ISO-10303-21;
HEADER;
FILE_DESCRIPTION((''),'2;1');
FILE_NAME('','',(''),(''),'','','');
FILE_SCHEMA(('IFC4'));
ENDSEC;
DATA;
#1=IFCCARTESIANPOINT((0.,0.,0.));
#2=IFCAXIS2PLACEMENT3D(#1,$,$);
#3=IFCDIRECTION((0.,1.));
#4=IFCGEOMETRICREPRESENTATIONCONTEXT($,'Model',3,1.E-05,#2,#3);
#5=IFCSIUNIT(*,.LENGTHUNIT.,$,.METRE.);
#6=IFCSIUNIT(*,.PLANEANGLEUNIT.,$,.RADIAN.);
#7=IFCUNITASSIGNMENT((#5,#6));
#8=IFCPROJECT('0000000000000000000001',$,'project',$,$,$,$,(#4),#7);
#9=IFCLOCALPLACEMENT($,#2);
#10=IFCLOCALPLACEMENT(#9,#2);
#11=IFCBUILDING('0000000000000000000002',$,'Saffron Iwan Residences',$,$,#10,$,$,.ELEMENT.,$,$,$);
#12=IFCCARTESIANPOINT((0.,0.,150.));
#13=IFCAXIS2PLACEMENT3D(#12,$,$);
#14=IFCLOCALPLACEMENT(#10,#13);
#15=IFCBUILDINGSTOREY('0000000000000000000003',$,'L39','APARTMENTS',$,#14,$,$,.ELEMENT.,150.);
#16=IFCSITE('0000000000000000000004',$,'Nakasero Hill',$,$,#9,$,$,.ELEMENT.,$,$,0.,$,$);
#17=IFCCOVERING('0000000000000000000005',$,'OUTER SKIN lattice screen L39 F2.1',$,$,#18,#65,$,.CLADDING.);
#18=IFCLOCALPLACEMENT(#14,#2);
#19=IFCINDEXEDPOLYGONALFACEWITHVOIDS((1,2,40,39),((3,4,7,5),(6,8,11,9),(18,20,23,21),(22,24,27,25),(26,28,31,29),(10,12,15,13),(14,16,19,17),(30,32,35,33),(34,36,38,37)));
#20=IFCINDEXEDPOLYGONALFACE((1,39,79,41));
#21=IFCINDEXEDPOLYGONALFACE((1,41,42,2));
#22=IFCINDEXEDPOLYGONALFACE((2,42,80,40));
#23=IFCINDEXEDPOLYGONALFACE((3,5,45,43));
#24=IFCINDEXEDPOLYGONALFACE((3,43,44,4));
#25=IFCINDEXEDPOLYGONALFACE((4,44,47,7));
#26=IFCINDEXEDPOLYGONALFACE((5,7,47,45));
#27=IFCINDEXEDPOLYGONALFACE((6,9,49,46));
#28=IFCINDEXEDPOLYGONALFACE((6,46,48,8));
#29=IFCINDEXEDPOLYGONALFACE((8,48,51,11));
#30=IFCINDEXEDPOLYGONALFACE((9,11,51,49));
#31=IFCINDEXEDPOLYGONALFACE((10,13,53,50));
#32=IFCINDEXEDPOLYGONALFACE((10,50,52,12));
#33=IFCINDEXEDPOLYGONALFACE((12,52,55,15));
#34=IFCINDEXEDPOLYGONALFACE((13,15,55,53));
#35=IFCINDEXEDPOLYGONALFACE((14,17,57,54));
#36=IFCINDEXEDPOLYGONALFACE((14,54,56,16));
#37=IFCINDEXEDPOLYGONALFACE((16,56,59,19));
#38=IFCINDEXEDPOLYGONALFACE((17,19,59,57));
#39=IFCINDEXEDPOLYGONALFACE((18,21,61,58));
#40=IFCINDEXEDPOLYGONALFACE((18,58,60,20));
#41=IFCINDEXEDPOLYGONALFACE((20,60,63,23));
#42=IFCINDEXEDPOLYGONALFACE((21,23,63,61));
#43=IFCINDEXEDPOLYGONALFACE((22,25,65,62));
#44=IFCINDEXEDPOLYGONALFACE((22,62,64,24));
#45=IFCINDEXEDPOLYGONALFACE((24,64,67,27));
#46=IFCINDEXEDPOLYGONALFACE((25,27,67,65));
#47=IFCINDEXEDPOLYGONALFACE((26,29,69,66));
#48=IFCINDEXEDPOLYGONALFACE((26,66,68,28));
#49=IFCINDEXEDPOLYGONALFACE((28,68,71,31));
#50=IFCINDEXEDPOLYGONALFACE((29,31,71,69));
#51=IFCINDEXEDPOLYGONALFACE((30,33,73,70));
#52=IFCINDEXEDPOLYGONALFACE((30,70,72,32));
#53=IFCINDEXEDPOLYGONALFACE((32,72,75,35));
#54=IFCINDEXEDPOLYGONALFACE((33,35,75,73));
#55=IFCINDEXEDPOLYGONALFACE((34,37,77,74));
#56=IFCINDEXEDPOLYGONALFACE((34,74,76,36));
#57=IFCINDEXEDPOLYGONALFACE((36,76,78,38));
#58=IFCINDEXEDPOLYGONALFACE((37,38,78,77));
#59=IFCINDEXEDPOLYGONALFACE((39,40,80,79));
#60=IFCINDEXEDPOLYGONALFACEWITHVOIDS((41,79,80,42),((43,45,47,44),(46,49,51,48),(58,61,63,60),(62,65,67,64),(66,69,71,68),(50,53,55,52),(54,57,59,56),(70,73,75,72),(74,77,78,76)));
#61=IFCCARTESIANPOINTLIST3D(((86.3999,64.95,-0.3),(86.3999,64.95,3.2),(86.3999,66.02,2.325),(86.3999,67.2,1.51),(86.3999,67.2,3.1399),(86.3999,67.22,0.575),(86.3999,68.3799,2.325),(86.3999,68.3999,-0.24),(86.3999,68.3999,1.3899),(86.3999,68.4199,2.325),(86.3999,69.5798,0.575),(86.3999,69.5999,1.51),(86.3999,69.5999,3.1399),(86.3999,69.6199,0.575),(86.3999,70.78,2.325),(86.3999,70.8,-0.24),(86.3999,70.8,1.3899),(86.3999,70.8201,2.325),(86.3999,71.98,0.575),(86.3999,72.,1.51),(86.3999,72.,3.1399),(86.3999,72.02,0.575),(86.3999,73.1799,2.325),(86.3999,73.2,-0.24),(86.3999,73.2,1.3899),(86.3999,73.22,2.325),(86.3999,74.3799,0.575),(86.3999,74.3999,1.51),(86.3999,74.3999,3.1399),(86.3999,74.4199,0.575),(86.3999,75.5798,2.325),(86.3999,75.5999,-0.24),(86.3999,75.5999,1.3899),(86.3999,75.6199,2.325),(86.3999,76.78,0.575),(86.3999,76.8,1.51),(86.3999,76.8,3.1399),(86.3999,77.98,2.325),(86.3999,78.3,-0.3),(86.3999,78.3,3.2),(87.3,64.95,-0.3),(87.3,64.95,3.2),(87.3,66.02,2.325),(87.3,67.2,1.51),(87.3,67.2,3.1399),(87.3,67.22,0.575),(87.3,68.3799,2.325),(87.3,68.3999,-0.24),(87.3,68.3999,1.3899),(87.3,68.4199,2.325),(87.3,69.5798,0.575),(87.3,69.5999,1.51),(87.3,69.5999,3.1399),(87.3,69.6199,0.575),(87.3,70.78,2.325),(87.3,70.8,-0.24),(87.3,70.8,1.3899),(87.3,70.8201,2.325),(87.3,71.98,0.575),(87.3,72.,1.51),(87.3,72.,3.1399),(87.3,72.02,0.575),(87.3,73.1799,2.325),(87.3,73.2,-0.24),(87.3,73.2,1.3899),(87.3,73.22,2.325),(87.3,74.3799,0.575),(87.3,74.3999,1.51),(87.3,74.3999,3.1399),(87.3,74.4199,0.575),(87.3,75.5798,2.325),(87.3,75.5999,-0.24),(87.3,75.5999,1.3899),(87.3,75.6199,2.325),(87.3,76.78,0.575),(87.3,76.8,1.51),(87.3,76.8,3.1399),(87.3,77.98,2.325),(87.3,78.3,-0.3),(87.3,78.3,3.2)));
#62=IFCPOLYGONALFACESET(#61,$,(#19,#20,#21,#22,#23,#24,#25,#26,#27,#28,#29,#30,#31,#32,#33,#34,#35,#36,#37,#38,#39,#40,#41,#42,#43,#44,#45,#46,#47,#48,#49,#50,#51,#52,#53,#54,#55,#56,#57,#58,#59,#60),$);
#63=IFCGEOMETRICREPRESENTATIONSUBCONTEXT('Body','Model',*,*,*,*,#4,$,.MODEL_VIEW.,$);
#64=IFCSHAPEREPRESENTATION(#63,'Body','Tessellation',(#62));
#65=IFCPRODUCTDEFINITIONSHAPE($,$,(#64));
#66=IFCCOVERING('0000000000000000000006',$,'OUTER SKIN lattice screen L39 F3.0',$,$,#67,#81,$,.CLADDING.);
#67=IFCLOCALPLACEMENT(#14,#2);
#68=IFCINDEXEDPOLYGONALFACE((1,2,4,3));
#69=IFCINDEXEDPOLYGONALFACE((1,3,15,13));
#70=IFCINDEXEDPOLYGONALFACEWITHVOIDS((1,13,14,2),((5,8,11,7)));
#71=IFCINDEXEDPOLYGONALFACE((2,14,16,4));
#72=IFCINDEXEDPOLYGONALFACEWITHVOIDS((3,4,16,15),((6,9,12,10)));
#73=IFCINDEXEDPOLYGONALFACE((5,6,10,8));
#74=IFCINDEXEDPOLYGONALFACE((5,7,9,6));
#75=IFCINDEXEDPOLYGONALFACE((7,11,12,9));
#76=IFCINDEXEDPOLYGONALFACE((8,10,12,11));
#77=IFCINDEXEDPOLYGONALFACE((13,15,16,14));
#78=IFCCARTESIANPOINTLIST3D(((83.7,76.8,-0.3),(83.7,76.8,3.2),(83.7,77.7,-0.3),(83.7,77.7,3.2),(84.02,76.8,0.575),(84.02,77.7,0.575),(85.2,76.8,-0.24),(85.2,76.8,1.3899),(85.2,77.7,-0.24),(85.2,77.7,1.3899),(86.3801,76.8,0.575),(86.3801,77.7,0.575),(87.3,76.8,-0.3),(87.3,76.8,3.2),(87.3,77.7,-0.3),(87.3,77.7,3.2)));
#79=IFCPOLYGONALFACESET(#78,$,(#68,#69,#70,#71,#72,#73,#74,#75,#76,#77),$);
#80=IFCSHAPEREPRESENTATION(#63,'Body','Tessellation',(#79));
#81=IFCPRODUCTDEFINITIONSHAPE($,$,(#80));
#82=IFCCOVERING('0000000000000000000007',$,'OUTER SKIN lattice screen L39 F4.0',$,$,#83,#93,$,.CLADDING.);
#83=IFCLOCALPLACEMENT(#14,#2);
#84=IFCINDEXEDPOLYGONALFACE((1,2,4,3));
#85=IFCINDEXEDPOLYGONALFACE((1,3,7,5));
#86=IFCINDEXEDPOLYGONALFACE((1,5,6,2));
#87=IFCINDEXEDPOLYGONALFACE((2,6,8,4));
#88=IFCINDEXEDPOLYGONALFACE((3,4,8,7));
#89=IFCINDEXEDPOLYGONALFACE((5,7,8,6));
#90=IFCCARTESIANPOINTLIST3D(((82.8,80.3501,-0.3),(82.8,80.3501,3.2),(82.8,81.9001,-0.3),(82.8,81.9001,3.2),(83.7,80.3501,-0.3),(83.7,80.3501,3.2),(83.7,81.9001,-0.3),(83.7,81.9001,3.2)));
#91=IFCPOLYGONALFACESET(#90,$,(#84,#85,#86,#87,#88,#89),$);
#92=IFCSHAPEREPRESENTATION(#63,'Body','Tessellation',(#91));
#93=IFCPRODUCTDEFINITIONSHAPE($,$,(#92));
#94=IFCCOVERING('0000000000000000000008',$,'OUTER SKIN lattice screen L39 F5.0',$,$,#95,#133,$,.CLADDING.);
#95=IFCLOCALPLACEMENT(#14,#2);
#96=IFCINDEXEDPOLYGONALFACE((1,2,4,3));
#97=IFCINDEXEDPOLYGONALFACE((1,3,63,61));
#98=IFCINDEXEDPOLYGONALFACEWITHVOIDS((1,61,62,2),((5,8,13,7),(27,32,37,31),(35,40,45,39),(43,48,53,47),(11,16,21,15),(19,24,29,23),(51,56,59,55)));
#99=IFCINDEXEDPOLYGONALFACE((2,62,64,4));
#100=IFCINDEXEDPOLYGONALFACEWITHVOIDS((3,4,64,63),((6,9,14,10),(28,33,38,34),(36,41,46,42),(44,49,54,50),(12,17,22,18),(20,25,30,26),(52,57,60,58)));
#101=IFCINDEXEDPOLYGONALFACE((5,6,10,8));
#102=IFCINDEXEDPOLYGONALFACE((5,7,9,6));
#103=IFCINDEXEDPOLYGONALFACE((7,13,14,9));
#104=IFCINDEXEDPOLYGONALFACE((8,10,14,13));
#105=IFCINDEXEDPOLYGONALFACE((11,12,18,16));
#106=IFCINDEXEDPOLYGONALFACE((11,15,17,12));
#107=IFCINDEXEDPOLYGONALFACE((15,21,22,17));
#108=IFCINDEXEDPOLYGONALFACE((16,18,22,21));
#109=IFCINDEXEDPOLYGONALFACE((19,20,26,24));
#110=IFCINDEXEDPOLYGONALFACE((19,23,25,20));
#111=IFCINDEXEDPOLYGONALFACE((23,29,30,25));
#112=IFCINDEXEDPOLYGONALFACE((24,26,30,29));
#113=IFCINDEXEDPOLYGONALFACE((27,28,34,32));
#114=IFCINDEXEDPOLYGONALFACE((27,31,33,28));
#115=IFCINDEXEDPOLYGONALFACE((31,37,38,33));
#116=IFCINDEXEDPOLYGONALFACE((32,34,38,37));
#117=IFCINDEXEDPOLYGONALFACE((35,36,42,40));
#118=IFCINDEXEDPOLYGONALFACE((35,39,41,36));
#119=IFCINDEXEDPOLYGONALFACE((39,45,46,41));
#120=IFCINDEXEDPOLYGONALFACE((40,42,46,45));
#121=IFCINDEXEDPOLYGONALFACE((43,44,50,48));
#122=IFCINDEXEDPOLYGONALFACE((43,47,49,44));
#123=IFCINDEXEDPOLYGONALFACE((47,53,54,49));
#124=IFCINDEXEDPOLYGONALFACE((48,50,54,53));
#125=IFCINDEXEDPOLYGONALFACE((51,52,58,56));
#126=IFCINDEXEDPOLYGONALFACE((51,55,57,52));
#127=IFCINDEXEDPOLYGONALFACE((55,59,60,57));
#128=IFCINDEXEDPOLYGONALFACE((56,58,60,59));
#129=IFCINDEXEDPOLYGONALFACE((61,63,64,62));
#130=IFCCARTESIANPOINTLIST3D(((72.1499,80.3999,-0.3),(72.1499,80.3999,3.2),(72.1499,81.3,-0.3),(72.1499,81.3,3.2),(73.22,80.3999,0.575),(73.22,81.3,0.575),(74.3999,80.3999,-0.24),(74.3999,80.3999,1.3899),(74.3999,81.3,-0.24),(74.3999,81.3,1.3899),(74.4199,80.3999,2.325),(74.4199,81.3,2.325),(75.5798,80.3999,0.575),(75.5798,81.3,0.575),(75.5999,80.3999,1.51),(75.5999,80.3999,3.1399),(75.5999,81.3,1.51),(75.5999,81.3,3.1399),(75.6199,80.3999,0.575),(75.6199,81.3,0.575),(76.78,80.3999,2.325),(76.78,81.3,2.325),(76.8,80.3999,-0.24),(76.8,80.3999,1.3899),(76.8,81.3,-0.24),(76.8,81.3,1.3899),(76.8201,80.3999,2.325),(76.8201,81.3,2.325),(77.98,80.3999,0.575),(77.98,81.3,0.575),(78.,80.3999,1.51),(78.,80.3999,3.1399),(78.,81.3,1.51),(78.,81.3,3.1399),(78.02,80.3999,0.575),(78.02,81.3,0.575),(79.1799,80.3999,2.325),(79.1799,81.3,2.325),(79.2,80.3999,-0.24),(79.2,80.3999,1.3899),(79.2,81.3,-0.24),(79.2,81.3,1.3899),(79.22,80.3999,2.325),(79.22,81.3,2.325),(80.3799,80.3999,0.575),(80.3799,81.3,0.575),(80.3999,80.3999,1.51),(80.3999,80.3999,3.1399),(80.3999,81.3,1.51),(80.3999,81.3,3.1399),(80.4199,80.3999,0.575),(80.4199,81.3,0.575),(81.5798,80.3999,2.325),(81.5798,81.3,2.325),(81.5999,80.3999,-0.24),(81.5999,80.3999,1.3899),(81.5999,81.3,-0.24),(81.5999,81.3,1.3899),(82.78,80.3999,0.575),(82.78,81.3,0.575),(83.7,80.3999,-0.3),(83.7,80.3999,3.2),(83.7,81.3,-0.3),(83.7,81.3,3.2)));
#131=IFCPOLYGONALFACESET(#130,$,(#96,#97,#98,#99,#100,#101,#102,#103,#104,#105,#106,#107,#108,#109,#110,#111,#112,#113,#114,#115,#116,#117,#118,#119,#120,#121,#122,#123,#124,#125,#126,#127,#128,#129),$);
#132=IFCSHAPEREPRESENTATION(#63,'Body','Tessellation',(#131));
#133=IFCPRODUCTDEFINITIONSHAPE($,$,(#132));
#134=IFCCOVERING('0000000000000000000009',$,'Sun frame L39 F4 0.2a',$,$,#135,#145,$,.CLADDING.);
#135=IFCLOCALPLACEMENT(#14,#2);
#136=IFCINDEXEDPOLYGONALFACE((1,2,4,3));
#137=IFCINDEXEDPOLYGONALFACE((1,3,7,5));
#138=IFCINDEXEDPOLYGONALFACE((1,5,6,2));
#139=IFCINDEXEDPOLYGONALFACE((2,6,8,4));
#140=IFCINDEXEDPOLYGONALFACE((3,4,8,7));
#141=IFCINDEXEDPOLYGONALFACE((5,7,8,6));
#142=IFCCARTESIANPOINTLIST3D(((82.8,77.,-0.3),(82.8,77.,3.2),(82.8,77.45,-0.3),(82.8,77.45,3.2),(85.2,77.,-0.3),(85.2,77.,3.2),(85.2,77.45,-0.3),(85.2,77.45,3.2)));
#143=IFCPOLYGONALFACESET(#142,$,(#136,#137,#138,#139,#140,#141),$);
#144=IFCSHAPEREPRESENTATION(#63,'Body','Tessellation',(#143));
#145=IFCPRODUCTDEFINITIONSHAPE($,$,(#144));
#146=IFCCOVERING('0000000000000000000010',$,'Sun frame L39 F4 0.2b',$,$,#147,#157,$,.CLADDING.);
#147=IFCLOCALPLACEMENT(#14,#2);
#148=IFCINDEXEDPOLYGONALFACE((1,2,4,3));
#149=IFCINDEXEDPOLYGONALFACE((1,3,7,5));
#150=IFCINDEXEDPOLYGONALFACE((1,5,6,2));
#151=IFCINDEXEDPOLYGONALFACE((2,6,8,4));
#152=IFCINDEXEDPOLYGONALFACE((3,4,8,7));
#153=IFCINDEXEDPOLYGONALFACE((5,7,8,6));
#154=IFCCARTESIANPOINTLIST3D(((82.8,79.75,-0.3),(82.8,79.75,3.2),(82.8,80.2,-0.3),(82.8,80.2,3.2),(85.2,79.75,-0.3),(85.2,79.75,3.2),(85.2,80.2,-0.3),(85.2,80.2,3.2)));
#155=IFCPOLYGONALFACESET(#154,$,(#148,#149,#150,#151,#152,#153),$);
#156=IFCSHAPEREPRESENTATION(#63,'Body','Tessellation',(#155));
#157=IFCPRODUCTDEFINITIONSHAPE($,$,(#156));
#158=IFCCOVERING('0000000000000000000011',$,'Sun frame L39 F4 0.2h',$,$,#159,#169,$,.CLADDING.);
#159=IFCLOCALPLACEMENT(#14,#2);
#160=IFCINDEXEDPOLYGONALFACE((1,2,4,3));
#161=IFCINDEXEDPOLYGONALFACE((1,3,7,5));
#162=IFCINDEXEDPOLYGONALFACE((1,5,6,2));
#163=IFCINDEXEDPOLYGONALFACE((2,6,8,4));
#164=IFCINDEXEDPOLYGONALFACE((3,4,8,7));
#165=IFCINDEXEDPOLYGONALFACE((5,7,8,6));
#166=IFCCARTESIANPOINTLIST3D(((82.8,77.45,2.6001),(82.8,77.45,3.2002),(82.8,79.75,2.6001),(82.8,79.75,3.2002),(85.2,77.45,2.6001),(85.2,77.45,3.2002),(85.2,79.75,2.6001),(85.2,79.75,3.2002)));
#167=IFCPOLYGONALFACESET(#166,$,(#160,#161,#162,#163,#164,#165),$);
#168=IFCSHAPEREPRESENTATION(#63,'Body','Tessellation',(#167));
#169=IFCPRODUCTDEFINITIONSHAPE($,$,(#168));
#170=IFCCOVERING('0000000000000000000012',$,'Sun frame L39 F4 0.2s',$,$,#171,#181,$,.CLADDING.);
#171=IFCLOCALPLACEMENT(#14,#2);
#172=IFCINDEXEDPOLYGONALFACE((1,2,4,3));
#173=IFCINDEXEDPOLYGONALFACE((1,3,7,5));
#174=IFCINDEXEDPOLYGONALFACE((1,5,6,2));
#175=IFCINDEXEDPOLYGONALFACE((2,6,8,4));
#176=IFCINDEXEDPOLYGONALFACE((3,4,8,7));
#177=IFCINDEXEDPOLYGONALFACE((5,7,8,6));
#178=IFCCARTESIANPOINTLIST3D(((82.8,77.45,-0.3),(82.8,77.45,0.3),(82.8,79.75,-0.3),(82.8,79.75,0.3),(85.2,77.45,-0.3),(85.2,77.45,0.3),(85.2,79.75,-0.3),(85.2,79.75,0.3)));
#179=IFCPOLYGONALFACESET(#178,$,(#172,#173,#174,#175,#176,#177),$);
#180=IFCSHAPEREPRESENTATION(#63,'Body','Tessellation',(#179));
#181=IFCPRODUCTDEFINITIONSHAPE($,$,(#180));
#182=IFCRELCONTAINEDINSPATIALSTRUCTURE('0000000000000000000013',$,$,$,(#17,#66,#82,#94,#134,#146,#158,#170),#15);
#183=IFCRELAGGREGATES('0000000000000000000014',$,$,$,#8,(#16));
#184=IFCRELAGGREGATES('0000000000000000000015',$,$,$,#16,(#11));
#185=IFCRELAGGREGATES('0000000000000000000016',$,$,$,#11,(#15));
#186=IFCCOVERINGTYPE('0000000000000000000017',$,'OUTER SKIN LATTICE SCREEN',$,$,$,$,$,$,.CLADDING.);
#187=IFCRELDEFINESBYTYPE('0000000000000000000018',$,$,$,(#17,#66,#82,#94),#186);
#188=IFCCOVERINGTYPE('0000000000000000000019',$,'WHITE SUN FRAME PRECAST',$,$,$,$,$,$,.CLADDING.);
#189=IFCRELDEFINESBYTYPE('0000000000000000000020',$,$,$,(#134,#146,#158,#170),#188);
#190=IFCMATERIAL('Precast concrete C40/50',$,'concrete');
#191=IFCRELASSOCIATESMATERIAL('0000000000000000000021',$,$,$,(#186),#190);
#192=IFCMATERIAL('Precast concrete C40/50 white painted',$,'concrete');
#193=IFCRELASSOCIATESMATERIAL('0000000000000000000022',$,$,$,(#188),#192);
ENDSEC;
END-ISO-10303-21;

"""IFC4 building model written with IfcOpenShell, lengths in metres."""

from ifc_helpers import new_model, si_unit, direction, frame, origin, place, context, subcontext, project, spatial, polyline, outline, extrude, material, type_object, element, save


model = new_model("IFC4")

# Units and contexts
model_context = context("Model", 3, precision=1e-05, world=origin(), true_north=direction((0.0, 1.0)))
body_context = subcontext(model_context, "Body", "Model", "MODEL_VIEW")
ifc_project = project(units=[si_unit("LENGTHUNIT", "METRE"), si_unit("PLANEANGLEUNIT", "RADIAN")], contexts=[model_context])

# Site, building, storey
site_placement = place(None, origin())
site = spatial("IfcSite", under=ifc_project, at=site_placement, Name="Nakasero Hill", CompositionType="ELEMENT", RefElevation=0.0)
building_placement = place(site_placement, origin())
building = spatial("IfcBuilding", under=site, at=building_placement, Name="Saffron Iwan Residences", CompositionType="ELEMENT")
storey_placement = place(building_placement, frame((0.0, 0.0, 150.0)))
storey = spatial("IfcBuildingStorey", under=building, at=storey_placement, Name="L39", Description="APARTMENTS", CompositionType="ELEMENT", Elevation=150.0)

# Coverings
ifc_material_1 = material(Name="Precast concrete C40/50", Category="concrete")
covering_type_1 = type_object("IfcCoveringType", Name="OUTER SKIN LATTICE SCREEN", PredefinedType="CLADDING", material=ifc_material_1)
covering_1_placement = place(storey_placement, frame((86.3999, 64.95, -0.3), z_axis=(1.0, 0.0, 0.0), x_axis=(0.0, 1.0, 0.0)))
element("IfcCovering", 1, at=covering_1_placement, inside=storey, type_object=covering_type_1, Name="OUTER SKIN lattice screen L39 F2.1", PredefinedType="CLADDING", context=body_context, shape_type="SweptSolid", body=[
    extrude(outline(polyline([(0.0, 0.0), (13.3501, 0.0), (13.3501, 3.5), (0.0, 3.5), (0.0, 0.0)]), holes=[polyline([(2.27, 0.875), (3.45, 0.0601), (4.6299, 0.875), (3.45, 1.6899), (2.27, 0.875)]), polyline([(4.6699, 0.875), (5.8501, 0.0601), (7.03, 0.875), (5.8501, 1.6899), (4.6699, 0.875)]), polyline([(7.0701, 0.875), (8.25, 0.0601), (9.4299, 0.875), (8.25, 1.6899), (7.0701, 0.875)]), polyline([(9.47, 0.875), (10.6499, 0.0601), (11.8301, 0.875), (10.6499, 1.6899), (9.47, 0.875)]), polyline([(1.0701, 2.625), (2.25, 1.8101), (3.4299, 2.625), (2.25, 3.4399), (1.0701, 2.625)]), polyline([(3.47, 2.625), (4.6499, 1.8101), (5.8301, 2.625), (4.6499, 3.4399), (3.47, 2.625)]), polyline([(5.8701, 2.625), (7.05, 1.8101), (8.23, 2.625), (7.05, 3.4399), (5.8701, 2.625)]), polyline([(8.27, 2.625), (9.45, 1.8101), (10.6299, 2.625), (9.45, 3.4399), (8.27, 2.625)]), polyline([(10.6699, 2.625), (11.8501, 1.8101), (13.03, 2.625), (11.8501, 3.4399), (10.6699, 2.625)])]), origin(), (0.0, 0.0, 1.0), 0.9001),
])
covering_2_placement = place(storey_placement, frame((87.3, 76.8, -0.3), z_axis=(0.0, 1.0, 0.0), x_axis=(-1.0, 0.0, 0.0)))
element("IfcCovering", 2, at=covering_2_placement, inside=storey, type_object=covering_type_1, Name="OUTER SKIN lattice screen L39 F3.0", PredefinedType="CLADDING", context=body_context, shape_type="SweptSolid", body=[
    extrude(outline(polyline([(0.0, 0.0), (3.6001, 0.0), (3.6001, 3.5), (0.0, 3.5), (0.0, 0.0)]), holes=[polyline([(0.9199, 0.875), (2.1001, 0.0601), (3.28, 0.875), (2.1001, 1.6899), (0.9199, 0.875)])]), origin(), (0.0, 0.0, 1.0), 0.8999),
])
covering_3_placement = place(storey_placement, frame((82.8, 80.3501, -0.3), z_axis=(1.0, 0.0, 0.0), x_axis=(0.0, 1.0, 0.0)))
element("IfcCovering", 3, at=covering_3_placement, inside=storey, type_object=covering_type_1, Name="OUTER SKIN lattice screen L39 F4.0", PredefinedType="CLADDING", context=body_context, shape_type="SweptSolid", body=[
    extrude(outline(polyline([(0.0, 0.0), (1.55, 0.0), (1.55, 3.5), (0.0, 3.5), (0.0, 0.0)])), origin(), (0.0, 0.0, 1.0), 0.8999),
])
covering_4_placement = place(storey_placement, frame((83.7, 80.3999, -0.3), z_axis=(0.0, 1.0, 0.0), x_axis=(-1.0, 0.0, 0.0)))
element("IfcCovering", 4, at=covering_4_placement, inside=storey, type_object=covering_type_1, Name="OUTER SKIN lattice screen L39 F5.0", PredefinedType="CLADDING", context=body_context, shape_type="SweptSolid", body=[
    extrude(outline(polyline([(0.0, 0.0), (11.55, 0.0), (11.55, 3.5), (0.0, 3.5), (0.0, 0.0)]), holes=[polyline([(0.9199, 0.875), (2.1001, 0.0601), (3.28, 0.875), (2.1001, 1.6899), (0.9199, 0.875)]), polyline([(3.3201, 0.875), (4.5, 0.0601), (5.6799, 0.875), (4.5, 1.6899), (3.3201, 0.875)]), polyline([(5.72, 0.875), (6.8999, 0.0601), (8.0801, 0.875), (6.8999, 1.6899), (5.72, 0.875)]), polyline([(8.1201, 0.875), (9.3, 0.0601), (10.48, 0.875), (9.3, 1.6899), (8.1201, 0.875)]), polyline([(2.1201, 2.625), (3.3, 1.8101), (4.48, 2.625), (3.3, 3.4399), (2.1201, 2.625)]), polyline([(4.52, 2.625), (5.7, 1.8101), (6.8799, 2.625), (5.7, 3.4399), (4.52, 2.625)]), polyline([(6.9199, 2.625), (8.1001, 1.8101), (9.28, 2.625), (8.1001, 3.4399), (6.9199, 2.625)])]), origin(), (0.0, 0.0, 1.0), 0.9001),
])
ifc_material_2 = material(Name="Precast concrete C40/50 white painted", Category="concrete")
covering_type_2 = type_object("IfcCoveringType", Name="WHITE SUN FRAME PRECAST", PredefinedType="CLADDING", material=ifc_material_2)
for number, where, z_axis, x_axis, name in (
    (5, (82.8, 77.0, -0.3), (1.0, 0.0, 0.0), (0.0, 1.0, 0.0), "Sun frame L39 F4 0.2a"),
    (6, (82.8, 79.75, -0.3), (1.0, 0.0, 0.0), (0.0, 1.0, 0.0), "Sun frame L39 F4 0.2b"),
):
    element("IfcCovering", number, at=place(storey_placement, frame(where, z_axis=z_axis, x_axis=x_axis)), inside=storey, type_object=covering_type_2, Name=name, PredefinedType="CLADDING", context=body_context, shape_type="SweptSolid", body=[
        extrude(outline(polyline([(0.0, 0.0), (0.45, 0.0), (0.45, 3.5), (0.0, 3.5), (0.0, 0.0)])), origin(), (0.0, 0.0, 1.0), 2.3999),
    ])
for number, where, z_axis, x_axis, name in (
    (7, (82.8, 77.45, 2.6001), (1.0, 0.0, 0.0), (0.0, 1.0, 0.0), "Sun frame L39 F4 0.2h"),
    (8, (82.8, 77.45, -0.3), (1.0, 0.0, 0.0), (0.0, 1.0, 0.0), "Sun frame L39 F4 0.2s"),
):
    element("IfcCovering", number, at=place(storey_placement, frame(where, z_axis=z_axis, x_axis=x_axis)), inside=storey, type_object=covering_type_2, Name=name, PredefinedType="CLADDING", context=body_context, shape_type="SweptSolid", body=[
        extrude(outline(polyline([(0.0, 0.0), (2.3, 0.0), (2.3, 0.6001), (0.0, 0.6001), (0.0, 0.0)])), origin(), (0.0, 0.0, 1.0), 2.3999),
    ])

save(model, "model.ifc")
